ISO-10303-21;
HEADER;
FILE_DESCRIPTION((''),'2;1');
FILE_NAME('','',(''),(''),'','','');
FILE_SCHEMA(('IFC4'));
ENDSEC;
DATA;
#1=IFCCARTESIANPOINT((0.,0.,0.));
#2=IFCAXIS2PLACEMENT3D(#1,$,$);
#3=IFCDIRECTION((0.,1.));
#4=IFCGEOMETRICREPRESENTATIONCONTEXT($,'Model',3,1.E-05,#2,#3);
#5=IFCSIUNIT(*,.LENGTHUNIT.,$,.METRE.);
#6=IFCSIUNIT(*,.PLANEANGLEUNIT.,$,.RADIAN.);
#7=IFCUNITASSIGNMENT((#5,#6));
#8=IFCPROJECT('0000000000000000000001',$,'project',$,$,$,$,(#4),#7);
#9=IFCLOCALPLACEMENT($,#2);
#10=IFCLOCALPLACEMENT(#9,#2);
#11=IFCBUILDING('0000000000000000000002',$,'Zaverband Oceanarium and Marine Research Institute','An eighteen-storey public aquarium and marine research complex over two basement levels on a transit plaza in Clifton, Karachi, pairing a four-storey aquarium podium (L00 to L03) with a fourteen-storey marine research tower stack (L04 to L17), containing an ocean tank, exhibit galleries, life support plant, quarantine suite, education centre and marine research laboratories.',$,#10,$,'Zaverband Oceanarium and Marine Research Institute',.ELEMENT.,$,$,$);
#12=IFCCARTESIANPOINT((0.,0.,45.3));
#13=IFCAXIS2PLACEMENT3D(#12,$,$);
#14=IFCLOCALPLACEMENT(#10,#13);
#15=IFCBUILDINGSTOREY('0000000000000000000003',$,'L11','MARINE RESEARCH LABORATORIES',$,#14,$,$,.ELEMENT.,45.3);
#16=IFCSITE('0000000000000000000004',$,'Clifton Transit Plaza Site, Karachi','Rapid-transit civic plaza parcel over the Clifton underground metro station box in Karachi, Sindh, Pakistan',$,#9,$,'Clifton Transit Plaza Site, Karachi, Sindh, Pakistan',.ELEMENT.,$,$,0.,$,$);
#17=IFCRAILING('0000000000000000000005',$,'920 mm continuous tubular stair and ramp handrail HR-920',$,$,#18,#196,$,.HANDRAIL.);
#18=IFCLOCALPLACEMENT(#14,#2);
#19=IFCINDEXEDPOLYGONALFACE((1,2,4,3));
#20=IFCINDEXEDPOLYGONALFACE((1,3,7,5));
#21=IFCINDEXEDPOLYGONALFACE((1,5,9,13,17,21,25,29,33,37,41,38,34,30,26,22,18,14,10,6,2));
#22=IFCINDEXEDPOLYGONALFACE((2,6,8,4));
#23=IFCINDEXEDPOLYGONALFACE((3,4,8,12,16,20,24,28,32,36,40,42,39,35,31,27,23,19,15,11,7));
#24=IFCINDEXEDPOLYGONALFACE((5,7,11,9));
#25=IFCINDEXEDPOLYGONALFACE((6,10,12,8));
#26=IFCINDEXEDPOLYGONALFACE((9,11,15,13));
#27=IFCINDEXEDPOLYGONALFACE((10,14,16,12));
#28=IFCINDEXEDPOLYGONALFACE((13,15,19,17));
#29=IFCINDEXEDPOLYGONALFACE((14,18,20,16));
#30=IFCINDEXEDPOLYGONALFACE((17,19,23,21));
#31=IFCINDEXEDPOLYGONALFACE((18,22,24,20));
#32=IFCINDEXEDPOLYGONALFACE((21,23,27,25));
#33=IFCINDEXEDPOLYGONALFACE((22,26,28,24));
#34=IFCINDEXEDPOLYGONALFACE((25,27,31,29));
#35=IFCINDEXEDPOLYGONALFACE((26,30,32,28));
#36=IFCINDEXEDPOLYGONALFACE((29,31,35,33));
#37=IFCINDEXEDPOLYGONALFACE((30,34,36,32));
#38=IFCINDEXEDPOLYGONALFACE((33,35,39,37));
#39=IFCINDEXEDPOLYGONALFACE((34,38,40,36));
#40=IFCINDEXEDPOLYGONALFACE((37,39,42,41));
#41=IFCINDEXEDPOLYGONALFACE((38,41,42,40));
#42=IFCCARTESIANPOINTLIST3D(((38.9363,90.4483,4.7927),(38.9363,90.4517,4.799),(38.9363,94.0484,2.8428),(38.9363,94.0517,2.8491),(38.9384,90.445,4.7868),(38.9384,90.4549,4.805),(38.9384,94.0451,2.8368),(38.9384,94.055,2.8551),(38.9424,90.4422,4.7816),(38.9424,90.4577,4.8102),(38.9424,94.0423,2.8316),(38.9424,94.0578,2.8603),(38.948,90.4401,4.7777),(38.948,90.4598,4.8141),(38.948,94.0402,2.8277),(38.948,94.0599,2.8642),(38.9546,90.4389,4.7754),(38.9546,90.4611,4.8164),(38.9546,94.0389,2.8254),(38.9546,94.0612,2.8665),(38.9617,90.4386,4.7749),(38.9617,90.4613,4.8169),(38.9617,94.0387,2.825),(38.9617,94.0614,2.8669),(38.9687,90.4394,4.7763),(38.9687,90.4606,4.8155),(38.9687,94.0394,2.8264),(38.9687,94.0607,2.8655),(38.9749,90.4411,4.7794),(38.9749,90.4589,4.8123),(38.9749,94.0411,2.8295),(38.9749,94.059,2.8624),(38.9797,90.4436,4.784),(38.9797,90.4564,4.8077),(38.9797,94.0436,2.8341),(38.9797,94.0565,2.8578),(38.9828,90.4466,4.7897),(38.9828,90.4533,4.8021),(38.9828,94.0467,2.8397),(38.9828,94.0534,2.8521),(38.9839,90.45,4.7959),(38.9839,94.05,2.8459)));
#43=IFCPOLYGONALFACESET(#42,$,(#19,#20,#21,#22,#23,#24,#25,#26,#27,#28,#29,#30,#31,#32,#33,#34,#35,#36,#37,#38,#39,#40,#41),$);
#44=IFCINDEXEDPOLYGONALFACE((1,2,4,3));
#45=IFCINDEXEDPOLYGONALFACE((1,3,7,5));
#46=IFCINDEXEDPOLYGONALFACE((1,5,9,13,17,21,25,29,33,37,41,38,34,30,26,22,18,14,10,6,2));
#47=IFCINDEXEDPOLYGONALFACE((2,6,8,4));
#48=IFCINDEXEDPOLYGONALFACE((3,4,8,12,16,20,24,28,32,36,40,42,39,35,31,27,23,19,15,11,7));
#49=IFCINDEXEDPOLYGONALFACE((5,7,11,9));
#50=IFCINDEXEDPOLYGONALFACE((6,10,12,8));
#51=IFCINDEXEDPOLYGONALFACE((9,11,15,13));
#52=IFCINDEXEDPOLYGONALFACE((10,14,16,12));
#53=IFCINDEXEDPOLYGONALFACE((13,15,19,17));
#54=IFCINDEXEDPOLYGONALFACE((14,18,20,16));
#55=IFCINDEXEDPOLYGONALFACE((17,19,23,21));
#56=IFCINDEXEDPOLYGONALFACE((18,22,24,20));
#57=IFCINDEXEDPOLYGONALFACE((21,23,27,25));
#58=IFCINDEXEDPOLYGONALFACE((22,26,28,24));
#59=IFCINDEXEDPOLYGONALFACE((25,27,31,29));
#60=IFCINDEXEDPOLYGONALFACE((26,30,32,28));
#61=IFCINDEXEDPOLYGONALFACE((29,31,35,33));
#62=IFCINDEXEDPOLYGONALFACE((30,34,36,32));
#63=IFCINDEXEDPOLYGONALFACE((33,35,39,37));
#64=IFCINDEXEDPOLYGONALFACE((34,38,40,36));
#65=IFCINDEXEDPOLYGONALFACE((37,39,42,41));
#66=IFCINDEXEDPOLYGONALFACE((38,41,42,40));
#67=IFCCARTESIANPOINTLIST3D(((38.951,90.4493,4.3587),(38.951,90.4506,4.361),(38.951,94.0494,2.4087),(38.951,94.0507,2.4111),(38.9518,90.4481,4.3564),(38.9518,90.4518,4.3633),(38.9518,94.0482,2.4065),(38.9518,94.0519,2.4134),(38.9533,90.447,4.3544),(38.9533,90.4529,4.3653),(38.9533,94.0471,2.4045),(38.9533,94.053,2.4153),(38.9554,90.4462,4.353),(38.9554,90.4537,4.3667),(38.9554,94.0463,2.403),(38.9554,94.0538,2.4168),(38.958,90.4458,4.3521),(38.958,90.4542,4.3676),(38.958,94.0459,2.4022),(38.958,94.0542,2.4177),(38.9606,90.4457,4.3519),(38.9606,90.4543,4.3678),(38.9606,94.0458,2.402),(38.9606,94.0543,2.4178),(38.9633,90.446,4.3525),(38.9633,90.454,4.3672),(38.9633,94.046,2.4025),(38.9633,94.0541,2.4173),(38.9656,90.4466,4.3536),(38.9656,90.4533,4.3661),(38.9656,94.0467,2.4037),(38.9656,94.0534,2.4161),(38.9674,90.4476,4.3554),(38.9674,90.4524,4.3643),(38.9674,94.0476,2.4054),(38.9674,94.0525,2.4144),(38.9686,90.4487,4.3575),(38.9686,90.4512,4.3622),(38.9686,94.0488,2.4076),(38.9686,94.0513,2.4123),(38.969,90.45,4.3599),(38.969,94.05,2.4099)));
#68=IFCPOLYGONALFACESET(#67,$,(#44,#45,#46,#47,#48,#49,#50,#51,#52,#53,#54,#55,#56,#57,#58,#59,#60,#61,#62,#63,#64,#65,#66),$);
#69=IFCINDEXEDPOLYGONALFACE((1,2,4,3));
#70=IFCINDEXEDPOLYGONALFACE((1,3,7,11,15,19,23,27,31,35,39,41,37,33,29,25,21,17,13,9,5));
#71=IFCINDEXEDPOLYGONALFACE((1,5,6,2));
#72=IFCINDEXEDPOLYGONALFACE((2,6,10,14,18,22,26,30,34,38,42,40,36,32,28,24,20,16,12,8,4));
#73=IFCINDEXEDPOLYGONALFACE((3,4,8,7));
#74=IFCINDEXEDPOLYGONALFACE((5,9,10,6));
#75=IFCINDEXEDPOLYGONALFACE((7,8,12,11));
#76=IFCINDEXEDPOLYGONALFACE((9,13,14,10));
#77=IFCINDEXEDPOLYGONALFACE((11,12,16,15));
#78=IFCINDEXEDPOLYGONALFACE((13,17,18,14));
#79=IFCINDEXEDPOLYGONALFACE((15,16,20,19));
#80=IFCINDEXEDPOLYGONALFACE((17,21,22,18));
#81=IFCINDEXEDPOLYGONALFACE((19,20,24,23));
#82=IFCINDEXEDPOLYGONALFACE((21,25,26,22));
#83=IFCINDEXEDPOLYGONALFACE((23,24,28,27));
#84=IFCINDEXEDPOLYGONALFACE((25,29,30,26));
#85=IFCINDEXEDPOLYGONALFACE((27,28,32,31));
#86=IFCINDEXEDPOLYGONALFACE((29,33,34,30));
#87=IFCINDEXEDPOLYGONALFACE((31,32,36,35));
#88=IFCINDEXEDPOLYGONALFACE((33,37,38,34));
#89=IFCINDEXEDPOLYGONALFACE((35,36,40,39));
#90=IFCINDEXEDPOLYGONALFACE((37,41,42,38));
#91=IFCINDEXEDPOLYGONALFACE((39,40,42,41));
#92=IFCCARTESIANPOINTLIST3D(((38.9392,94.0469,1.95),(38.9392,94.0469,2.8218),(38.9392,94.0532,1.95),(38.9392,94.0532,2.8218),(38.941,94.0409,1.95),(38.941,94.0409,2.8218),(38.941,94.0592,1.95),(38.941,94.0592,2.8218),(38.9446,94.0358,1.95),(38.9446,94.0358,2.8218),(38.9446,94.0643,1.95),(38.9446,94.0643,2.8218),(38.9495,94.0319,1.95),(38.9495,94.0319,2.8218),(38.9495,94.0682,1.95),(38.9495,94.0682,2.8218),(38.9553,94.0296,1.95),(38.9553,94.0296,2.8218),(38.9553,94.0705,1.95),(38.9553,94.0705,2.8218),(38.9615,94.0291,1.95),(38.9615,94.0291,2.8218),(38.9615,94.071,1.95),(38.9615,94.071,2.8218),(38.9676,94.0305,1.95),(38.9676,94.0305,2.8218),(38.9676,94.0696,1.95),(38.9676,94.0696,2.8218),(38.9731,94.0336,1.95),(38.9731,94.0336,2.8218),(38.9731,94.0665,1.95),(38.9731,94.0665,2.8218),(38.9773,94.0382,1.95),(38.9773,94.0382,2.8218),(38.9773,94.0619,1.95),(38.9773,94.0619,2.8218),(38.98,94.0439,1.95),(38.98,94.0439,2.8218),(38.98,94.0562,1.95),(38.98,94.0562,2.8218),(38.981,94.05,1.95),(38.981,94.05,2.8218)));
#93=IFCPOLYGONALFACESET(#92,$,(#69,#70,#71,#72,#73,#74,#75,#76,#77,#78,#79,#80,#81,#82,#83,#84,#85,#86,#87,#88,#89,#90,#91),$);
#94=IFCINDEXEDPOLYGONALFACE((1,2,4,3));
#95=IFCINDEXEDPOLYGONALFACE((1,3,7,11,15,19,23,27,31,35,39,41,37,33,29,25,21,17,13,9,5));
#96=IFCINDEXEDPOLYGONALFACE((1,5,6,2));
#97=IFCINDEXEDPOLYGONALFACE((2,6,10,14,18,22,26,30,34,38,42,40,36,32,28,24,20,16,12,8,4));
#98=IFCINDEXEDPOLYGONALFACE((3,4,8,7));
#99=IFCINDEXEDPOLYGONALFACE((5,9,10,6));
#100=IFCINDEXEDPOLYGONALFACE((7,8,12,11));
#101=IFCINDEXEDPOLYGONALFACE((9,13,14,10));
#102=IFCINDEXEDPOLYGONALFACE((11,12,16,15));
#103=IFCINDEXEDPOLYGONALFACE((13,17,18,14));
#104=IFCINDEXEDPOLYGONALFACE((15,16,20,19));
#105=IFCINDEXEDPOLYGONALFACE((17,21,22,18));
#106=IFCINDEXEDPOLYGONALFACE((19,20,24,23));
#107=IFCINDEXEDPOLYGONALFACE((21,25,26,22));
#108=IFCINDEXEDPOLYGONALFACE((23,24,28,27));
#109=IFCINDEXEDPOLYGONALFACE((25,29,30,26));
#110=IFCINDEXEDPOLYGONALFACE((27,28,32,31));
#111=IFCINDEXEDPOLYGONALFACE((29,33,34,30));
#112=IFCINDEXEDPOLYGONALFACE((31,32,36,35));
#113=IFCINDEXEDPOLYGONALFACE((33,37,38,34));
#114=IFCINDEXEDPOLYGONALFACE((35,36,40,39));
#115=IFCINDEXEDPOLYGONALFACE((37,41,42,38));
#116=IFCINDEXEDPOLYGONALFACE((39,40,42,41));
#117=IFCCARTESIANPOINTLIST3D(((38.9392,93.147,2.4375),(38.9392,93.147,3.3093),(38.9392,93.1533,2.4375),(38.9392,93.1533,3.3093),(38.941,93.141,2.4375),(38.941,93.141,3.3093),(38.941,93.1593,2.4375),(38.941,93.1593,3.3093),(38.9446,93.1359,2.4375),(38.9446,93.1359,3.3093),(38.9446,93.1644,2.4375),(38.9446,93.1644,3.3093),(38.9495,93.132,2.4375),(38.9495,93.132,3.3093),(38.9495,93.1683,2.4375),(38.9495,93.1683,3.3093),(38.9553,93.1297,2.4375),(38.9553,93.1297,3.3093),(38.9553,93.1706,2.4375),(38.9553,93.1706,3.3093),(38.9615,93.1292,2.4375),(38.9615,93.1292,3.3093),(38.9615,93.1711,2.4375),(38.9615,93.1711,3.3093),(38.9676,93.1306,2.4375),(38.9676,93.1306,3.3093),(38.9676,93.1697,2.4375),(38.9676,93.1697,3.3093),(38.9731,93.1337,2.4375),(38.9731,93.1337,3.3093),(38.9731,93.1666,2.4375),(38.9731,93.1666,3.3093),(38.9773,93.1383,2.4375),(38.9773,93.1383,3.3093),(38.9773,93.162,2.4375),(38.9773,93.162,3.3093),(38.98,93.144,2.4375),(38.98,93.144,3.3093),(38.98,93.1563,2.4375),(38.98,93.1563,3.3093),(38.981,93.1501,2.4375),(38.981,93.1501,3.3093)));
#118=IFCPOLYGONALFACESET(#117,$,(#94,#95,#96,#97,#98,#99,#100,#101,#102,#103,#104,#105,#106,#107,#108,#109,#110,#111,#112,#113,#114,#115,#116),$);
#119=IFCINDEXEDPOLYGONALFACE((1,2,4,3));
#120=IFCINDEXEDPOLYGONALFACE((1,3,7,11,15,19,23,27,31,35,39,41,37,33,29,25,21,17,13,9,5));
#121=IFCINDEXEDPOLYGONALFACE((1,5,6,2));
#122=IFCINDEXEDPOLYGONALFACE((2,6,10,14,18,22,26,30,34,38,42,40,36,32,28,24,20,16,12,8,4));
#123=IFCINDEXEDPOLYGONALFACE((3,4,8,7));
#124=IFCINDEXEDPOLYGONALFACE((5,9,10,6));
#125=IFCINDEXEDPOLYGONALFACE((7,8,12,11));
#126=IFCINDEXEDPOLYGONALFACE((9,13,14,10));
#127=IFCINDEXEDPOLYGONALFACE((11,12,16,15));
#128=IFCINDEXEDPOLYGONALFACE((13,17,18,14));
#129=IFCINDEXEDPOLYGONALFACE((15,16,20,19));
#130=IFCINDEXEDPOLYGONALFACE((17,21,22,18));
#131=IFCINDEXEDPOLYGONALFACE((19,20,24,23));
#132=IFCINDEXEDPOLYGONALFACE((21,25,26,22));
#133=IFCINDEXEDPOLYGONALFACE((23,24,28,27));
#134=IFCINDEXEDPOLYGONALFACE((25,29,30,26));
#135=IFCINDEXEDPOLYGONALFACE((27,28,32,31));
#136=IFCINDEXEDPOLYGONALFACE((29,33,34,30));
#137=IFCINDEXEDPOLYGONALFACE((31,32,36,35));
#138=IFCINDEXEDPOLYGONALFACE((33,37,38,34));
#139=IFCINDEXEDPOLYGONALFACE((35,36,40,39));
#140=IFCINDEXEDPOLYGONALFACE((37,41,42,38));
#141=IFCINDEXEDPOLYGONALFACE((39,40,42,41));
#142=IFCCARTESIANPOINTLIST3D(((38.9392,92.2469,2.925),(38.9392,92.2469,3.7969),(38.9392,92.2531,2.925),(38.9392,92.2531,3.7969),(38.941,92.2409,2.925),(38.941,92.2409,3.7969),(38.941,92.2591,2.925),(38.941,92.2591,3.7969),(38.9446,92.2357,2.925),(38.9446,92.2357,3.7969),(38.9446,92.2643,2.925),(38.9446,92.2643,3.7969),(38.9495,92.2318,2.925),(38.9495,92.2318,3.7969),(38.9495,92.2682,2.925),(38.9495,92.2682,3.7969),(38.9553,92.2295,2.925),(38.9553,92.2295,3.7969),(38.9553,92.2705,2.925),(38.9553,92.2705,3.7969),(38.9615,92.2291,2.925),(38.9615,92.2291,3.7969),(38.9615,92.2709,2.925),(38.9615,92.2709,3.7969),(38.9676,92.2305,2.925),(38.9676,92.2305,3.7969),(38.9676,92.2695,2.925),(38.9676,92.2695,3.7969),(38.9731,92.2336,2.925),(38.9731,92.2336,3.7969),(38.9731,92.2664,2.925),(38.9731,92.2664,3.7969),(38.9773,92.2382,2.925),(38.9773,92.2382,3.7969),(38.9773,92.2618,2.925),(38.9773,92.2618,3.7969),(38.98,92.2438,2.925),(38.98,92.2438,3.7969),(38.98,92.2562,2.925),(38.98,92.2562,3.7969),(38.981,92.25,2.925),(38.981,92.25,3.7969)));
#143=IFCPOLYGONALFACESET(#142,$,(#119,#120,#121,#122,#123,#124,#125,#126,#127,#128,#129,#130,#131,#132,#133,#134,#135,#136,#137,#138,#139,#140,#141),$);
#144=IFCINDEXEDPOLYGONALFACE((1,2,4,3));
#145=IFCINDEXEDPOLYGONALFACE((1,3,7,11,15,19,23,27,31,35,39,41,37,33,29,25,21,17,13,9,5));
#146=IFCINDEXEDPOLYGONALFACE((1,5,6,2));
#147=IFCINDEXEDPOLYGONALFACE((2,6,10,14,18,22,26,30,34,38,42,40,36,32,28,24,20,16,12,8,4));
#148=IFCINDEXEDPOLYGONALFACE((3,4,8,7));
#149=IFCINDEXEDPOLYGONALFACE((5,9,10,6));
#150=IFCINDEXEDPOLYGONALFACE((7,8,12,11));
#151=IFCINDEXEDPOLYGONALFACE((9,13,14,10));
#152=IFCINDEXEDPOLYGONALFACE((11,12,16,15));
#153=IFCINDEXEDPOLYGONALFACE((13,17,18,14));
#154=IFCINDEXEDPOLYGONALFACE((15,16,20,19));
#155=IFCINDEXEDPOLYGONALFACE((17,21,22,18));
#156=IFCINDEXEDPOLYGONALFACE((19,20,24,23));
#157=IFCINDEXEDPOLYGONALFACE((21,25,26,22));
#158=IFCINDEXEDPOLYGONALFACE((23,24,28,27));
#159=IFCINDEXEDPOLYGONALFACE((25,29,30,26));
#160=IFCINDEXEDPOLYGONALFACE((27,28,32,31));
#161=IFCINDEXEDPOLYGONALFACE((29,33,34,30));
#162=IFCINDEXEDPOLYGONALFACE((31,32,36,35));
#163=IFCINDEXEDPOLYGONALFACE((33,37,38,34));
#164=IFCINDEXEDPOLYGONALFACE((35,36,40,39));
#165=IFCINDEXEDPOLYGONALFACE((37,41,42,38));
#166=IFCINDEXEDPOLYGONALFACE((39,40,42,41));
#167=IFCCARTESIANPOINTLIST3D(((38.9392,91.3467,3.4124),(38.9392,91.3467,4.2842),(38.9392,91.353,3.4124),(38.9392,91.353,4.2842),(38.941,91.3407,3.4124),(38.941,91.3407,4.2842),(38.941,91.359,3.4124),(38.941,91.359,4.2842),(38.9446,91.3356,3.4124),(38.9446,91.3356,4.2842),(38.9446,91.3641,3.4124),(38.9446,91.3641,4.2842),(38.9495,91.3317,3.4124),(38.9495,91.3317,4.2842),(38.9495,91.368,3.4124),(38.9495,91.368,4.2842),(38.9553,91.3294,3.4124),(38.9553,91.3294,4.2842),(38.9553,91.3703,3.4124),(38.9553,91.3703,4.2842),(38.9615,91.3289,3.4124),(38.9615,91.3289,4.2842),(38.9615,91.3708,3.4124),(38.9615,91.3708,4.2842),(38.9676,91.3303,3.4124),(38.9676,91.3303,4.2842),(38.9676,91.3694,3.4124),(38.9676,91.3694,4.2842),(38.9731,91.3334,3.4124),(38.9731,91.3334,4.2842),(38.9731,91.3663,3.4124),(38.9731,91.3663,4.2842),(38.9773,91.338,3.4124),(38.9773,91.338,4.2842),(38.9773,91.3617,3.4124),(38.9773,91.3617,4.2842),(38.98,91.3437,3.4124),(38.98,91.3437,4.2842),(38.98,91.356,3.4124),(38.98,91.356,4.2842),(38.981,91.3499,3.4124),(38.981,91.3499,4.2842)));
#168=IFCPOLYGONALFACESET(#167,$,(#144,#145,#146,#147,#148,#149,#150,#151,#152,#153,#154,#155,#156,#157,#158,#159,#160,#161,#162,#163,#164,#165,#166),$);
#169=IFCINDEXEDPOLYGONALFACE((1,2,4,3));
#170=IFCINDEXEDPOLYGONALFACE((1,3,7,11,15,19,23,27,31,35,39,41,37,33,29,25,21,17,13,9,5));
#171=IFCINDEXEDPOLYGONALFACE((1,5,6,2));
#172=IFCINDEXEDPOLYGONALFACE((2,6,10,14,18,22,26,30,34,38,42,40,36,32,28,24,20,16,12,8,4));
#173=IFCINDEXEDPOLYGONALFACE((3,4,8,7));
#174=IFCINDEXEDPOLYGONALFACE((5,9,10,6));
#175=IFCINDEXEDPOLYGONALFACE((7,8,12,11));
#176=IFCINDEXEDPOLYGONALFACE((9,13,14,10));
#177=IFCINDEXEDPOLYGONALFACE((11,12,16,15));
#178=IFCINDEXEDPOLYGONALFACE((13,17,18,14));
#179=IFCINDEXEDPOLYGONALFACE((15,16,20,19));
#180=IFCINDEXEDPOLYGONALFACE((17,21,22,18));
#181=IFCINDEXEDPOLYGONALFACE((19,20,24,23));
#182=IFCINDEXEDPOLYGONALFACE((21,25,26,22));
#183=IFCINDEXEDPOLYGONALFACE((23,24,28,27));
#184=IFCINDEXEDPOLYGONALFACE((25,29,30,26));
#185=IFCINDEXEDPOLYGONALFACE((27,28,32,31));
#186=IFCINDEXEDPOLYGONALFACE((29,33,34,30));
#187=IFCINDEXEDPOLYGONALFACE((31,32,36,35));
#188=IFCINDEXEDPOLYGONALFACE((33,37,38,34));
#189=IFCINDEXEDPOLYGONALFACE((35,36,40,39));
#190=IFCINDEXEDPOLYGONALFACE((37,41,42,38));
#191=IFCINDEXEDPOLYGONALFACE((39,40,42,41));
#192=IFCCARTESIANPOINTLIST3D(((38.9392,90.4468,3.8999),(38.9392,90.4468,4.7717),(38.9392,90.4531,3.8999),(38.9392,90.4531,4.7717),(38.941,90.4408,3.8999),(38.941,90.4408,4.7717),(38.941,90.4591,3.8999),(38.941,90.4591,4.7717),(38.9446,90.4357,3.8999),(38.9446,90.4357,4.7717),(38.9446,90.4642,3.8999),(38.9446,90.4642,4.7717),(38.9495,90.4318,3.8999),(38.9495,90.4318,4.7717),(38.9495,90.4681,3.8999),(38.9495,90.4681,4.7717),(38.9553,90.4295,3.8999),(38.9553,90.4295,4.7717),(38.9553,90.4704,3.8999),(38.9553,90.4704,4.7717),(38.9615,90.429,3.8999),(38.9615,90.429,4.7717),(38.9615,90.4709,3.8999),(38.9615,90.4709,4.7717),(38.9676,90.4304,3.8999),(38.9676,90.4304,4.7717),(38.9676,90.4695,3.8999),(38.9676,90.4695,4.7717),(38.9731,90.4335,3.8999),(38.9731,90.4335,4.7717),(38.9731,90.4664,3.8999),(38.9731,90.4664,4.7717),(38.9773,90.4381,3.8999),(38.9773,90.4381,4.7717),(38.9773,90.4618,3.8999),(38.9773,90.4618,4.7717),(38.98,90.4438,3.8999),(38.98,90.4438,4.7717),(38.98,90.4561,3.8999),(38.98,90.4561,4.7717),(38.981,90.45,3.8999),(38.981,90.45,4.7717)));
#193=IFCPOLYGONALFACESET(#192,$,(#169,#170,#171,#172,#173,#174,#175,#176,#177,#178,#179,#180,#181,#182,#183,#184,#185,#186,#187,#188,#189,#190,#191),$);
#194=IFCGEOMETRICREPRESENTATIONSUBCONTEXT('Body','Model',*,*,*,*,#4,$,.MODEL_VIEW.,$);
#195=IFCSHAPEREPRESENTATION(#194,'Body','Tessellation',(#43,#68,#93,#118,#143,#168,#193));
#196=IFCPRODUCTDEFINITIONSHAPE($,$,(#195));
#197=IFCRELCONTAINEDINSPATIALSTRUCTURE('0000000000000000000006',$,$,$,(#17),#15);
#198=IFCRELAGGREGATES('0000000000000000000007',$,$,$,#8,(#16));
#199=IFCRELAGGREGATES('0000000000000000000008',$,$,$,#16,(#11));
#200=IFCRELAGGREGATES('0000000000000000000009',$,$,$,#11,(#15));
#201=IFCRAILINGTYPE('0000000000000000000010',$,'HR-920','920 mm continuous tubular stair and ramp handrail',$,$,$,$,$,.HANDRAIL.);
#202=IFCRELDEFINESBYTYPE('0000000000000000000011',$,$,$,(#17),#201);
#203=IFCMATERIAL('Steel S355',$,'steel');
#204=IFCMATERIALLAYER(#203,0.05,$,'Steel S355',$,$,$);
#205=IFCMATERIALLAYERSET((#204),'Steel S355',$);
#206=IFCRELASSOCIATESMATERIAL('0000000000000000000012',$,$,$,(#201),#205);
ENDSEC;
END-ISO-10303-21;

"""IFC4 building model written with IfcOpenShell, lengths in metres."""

from ifc_helpers import new_model, si_unit, direction, frame, origin, origin_2d, place, context, subcontext, project, spatial, circle, extrude, material, layer, layer_set, type_object, element, save


model = new_model("IFC4")

# Units and contexts
model_context = context("Model", 3, precision=1e-05, world=origin(), true_north=direction((0.0, 1.0)))
body_context = subcontext(model_context, "Body", "Model", "MODEL_VIEW")
ifc_project = project(units=[si_unit("LENGTHUNIT", "METRE"), si_unit("PLANEANGLEUNIT", "RADIAN")], contexts=[model_context])

# Site, building, storey
site_placement = place(None, origin())
site = spatial("IfcSite", under=ifc_project, at=site_placement, Name="Clifton Transit Plaza Site, Karachi", Description="Rapid-transit civic plaza parcel over the Clifton underground metro station box in Karachi, Sindh, Pakistan", LongName="Clifton Transit Plaza Site, Karachi, Sindh, Pakistan", CompositionType="ELEMENT", RefElevation=0.0)
building_placement = place(site_placement, origin())
building = spatial("IfcBuilding", under=site, at=building_placement, Name="Zaverband Oceanarium and Marine Research Institute", Description="An eighteen-storey public aquarium and marine research complex over two basement levels on a transit plaza in Clifton, Karachi, pairing a four-storey aquarium podium (L00 to L03) with a fourteen-storey marine research tower stack (L04 to L17), containing an ocean tank, exhibit galleries, life support plant, quarantine suite, education centre and marine research laboratories.", LongName="Zaverband Oceanarium and Marine Research Institute", CompositionType="ELEMENT")
storey_placement = place(building_placement, frame((0.0, 0.0, 45.3)))
storey = spatial("IfcBuildingStorey", under=building, at=storey_placement, Name="L11", Description="MARINE RESEARCH LABORATORIES", CompositionType="ELEMENT", Elevation=45.3)

# Shared definitions
ifc_material_1 = material(Name="Steel S355", Category="steel")

# Railing
ifc_layer_1 = layer(ifc_material_1, 0.05, Name="Steel S355")
ifc_layer_set_1 = layer_set([ifc_layer_1], Name="Steel S355")
railing_type_1 = type_object("IfcRailingType", Name="HR-920", Description="920 mm continuous tubular stair and ramp handrail", PredefinedType="HANDRAIL", material=ifc_layer_set_1)
railing_1_placement = place(storey_placement, frame((38.96, 94.05, 1.95)))
element("IfcRailing", 1, at=railing_1_placement, inside=storey, type_object=railing_type_1, Name="920 mm continuous tubular stair and ramp handrail HR-920", PredefinedType="HANDRAIL", context=body_context, shape_type="SweptSolid", body=[
    extrude(circle(Radius=0.0239, at=origin_2d()), frame((0.0, 0.0, 0.896), z_axis=(0.0, -0.879302, 0.476264), x_axis=(1.0, 0.0, 0.0)), (0.0, 0.0, 1.0), 4.0942),
    extrude(circle(Radius=0.009, at=origin_2d()), frame((0.0, 0.0, 0.46), z_axis=(0.0, -0.879302, 0.476264), x_axis=(1.0, 0.0, 0.0)), (0.0, 0.0, 1.0), 4.0942),
    extrude(circle(Radius=0.021, at=origin_2d()), origin(), (0.0, 0.0, 1.0), 0.8718),
    extrude(circle(Radius=0.021, at=origin_2d()), frame((0.0, -0.8999, 0.4875)), (0.0, 0.0, 1.0), 0.8718),
    extrude(circle(Radius=0.021, at=origin_2d()), frame((0.0, -1.8, 0.9751)), (0.0, 0.0, 1.0), 0.8718),
    extrude(circle(Radius=0.021, at=origin_2d()), frame((0.0, -2.7002, 1.4624)), (0.0, 0.0, 1.0), 0.8718),
    extrude(circle(Radius=0.021, at=origin_2d()), frame((0.0, -3.6001, 1.95)), (0.0, 0.0, 1.0), 0.8718),
])

save(model, "model.ifc")
